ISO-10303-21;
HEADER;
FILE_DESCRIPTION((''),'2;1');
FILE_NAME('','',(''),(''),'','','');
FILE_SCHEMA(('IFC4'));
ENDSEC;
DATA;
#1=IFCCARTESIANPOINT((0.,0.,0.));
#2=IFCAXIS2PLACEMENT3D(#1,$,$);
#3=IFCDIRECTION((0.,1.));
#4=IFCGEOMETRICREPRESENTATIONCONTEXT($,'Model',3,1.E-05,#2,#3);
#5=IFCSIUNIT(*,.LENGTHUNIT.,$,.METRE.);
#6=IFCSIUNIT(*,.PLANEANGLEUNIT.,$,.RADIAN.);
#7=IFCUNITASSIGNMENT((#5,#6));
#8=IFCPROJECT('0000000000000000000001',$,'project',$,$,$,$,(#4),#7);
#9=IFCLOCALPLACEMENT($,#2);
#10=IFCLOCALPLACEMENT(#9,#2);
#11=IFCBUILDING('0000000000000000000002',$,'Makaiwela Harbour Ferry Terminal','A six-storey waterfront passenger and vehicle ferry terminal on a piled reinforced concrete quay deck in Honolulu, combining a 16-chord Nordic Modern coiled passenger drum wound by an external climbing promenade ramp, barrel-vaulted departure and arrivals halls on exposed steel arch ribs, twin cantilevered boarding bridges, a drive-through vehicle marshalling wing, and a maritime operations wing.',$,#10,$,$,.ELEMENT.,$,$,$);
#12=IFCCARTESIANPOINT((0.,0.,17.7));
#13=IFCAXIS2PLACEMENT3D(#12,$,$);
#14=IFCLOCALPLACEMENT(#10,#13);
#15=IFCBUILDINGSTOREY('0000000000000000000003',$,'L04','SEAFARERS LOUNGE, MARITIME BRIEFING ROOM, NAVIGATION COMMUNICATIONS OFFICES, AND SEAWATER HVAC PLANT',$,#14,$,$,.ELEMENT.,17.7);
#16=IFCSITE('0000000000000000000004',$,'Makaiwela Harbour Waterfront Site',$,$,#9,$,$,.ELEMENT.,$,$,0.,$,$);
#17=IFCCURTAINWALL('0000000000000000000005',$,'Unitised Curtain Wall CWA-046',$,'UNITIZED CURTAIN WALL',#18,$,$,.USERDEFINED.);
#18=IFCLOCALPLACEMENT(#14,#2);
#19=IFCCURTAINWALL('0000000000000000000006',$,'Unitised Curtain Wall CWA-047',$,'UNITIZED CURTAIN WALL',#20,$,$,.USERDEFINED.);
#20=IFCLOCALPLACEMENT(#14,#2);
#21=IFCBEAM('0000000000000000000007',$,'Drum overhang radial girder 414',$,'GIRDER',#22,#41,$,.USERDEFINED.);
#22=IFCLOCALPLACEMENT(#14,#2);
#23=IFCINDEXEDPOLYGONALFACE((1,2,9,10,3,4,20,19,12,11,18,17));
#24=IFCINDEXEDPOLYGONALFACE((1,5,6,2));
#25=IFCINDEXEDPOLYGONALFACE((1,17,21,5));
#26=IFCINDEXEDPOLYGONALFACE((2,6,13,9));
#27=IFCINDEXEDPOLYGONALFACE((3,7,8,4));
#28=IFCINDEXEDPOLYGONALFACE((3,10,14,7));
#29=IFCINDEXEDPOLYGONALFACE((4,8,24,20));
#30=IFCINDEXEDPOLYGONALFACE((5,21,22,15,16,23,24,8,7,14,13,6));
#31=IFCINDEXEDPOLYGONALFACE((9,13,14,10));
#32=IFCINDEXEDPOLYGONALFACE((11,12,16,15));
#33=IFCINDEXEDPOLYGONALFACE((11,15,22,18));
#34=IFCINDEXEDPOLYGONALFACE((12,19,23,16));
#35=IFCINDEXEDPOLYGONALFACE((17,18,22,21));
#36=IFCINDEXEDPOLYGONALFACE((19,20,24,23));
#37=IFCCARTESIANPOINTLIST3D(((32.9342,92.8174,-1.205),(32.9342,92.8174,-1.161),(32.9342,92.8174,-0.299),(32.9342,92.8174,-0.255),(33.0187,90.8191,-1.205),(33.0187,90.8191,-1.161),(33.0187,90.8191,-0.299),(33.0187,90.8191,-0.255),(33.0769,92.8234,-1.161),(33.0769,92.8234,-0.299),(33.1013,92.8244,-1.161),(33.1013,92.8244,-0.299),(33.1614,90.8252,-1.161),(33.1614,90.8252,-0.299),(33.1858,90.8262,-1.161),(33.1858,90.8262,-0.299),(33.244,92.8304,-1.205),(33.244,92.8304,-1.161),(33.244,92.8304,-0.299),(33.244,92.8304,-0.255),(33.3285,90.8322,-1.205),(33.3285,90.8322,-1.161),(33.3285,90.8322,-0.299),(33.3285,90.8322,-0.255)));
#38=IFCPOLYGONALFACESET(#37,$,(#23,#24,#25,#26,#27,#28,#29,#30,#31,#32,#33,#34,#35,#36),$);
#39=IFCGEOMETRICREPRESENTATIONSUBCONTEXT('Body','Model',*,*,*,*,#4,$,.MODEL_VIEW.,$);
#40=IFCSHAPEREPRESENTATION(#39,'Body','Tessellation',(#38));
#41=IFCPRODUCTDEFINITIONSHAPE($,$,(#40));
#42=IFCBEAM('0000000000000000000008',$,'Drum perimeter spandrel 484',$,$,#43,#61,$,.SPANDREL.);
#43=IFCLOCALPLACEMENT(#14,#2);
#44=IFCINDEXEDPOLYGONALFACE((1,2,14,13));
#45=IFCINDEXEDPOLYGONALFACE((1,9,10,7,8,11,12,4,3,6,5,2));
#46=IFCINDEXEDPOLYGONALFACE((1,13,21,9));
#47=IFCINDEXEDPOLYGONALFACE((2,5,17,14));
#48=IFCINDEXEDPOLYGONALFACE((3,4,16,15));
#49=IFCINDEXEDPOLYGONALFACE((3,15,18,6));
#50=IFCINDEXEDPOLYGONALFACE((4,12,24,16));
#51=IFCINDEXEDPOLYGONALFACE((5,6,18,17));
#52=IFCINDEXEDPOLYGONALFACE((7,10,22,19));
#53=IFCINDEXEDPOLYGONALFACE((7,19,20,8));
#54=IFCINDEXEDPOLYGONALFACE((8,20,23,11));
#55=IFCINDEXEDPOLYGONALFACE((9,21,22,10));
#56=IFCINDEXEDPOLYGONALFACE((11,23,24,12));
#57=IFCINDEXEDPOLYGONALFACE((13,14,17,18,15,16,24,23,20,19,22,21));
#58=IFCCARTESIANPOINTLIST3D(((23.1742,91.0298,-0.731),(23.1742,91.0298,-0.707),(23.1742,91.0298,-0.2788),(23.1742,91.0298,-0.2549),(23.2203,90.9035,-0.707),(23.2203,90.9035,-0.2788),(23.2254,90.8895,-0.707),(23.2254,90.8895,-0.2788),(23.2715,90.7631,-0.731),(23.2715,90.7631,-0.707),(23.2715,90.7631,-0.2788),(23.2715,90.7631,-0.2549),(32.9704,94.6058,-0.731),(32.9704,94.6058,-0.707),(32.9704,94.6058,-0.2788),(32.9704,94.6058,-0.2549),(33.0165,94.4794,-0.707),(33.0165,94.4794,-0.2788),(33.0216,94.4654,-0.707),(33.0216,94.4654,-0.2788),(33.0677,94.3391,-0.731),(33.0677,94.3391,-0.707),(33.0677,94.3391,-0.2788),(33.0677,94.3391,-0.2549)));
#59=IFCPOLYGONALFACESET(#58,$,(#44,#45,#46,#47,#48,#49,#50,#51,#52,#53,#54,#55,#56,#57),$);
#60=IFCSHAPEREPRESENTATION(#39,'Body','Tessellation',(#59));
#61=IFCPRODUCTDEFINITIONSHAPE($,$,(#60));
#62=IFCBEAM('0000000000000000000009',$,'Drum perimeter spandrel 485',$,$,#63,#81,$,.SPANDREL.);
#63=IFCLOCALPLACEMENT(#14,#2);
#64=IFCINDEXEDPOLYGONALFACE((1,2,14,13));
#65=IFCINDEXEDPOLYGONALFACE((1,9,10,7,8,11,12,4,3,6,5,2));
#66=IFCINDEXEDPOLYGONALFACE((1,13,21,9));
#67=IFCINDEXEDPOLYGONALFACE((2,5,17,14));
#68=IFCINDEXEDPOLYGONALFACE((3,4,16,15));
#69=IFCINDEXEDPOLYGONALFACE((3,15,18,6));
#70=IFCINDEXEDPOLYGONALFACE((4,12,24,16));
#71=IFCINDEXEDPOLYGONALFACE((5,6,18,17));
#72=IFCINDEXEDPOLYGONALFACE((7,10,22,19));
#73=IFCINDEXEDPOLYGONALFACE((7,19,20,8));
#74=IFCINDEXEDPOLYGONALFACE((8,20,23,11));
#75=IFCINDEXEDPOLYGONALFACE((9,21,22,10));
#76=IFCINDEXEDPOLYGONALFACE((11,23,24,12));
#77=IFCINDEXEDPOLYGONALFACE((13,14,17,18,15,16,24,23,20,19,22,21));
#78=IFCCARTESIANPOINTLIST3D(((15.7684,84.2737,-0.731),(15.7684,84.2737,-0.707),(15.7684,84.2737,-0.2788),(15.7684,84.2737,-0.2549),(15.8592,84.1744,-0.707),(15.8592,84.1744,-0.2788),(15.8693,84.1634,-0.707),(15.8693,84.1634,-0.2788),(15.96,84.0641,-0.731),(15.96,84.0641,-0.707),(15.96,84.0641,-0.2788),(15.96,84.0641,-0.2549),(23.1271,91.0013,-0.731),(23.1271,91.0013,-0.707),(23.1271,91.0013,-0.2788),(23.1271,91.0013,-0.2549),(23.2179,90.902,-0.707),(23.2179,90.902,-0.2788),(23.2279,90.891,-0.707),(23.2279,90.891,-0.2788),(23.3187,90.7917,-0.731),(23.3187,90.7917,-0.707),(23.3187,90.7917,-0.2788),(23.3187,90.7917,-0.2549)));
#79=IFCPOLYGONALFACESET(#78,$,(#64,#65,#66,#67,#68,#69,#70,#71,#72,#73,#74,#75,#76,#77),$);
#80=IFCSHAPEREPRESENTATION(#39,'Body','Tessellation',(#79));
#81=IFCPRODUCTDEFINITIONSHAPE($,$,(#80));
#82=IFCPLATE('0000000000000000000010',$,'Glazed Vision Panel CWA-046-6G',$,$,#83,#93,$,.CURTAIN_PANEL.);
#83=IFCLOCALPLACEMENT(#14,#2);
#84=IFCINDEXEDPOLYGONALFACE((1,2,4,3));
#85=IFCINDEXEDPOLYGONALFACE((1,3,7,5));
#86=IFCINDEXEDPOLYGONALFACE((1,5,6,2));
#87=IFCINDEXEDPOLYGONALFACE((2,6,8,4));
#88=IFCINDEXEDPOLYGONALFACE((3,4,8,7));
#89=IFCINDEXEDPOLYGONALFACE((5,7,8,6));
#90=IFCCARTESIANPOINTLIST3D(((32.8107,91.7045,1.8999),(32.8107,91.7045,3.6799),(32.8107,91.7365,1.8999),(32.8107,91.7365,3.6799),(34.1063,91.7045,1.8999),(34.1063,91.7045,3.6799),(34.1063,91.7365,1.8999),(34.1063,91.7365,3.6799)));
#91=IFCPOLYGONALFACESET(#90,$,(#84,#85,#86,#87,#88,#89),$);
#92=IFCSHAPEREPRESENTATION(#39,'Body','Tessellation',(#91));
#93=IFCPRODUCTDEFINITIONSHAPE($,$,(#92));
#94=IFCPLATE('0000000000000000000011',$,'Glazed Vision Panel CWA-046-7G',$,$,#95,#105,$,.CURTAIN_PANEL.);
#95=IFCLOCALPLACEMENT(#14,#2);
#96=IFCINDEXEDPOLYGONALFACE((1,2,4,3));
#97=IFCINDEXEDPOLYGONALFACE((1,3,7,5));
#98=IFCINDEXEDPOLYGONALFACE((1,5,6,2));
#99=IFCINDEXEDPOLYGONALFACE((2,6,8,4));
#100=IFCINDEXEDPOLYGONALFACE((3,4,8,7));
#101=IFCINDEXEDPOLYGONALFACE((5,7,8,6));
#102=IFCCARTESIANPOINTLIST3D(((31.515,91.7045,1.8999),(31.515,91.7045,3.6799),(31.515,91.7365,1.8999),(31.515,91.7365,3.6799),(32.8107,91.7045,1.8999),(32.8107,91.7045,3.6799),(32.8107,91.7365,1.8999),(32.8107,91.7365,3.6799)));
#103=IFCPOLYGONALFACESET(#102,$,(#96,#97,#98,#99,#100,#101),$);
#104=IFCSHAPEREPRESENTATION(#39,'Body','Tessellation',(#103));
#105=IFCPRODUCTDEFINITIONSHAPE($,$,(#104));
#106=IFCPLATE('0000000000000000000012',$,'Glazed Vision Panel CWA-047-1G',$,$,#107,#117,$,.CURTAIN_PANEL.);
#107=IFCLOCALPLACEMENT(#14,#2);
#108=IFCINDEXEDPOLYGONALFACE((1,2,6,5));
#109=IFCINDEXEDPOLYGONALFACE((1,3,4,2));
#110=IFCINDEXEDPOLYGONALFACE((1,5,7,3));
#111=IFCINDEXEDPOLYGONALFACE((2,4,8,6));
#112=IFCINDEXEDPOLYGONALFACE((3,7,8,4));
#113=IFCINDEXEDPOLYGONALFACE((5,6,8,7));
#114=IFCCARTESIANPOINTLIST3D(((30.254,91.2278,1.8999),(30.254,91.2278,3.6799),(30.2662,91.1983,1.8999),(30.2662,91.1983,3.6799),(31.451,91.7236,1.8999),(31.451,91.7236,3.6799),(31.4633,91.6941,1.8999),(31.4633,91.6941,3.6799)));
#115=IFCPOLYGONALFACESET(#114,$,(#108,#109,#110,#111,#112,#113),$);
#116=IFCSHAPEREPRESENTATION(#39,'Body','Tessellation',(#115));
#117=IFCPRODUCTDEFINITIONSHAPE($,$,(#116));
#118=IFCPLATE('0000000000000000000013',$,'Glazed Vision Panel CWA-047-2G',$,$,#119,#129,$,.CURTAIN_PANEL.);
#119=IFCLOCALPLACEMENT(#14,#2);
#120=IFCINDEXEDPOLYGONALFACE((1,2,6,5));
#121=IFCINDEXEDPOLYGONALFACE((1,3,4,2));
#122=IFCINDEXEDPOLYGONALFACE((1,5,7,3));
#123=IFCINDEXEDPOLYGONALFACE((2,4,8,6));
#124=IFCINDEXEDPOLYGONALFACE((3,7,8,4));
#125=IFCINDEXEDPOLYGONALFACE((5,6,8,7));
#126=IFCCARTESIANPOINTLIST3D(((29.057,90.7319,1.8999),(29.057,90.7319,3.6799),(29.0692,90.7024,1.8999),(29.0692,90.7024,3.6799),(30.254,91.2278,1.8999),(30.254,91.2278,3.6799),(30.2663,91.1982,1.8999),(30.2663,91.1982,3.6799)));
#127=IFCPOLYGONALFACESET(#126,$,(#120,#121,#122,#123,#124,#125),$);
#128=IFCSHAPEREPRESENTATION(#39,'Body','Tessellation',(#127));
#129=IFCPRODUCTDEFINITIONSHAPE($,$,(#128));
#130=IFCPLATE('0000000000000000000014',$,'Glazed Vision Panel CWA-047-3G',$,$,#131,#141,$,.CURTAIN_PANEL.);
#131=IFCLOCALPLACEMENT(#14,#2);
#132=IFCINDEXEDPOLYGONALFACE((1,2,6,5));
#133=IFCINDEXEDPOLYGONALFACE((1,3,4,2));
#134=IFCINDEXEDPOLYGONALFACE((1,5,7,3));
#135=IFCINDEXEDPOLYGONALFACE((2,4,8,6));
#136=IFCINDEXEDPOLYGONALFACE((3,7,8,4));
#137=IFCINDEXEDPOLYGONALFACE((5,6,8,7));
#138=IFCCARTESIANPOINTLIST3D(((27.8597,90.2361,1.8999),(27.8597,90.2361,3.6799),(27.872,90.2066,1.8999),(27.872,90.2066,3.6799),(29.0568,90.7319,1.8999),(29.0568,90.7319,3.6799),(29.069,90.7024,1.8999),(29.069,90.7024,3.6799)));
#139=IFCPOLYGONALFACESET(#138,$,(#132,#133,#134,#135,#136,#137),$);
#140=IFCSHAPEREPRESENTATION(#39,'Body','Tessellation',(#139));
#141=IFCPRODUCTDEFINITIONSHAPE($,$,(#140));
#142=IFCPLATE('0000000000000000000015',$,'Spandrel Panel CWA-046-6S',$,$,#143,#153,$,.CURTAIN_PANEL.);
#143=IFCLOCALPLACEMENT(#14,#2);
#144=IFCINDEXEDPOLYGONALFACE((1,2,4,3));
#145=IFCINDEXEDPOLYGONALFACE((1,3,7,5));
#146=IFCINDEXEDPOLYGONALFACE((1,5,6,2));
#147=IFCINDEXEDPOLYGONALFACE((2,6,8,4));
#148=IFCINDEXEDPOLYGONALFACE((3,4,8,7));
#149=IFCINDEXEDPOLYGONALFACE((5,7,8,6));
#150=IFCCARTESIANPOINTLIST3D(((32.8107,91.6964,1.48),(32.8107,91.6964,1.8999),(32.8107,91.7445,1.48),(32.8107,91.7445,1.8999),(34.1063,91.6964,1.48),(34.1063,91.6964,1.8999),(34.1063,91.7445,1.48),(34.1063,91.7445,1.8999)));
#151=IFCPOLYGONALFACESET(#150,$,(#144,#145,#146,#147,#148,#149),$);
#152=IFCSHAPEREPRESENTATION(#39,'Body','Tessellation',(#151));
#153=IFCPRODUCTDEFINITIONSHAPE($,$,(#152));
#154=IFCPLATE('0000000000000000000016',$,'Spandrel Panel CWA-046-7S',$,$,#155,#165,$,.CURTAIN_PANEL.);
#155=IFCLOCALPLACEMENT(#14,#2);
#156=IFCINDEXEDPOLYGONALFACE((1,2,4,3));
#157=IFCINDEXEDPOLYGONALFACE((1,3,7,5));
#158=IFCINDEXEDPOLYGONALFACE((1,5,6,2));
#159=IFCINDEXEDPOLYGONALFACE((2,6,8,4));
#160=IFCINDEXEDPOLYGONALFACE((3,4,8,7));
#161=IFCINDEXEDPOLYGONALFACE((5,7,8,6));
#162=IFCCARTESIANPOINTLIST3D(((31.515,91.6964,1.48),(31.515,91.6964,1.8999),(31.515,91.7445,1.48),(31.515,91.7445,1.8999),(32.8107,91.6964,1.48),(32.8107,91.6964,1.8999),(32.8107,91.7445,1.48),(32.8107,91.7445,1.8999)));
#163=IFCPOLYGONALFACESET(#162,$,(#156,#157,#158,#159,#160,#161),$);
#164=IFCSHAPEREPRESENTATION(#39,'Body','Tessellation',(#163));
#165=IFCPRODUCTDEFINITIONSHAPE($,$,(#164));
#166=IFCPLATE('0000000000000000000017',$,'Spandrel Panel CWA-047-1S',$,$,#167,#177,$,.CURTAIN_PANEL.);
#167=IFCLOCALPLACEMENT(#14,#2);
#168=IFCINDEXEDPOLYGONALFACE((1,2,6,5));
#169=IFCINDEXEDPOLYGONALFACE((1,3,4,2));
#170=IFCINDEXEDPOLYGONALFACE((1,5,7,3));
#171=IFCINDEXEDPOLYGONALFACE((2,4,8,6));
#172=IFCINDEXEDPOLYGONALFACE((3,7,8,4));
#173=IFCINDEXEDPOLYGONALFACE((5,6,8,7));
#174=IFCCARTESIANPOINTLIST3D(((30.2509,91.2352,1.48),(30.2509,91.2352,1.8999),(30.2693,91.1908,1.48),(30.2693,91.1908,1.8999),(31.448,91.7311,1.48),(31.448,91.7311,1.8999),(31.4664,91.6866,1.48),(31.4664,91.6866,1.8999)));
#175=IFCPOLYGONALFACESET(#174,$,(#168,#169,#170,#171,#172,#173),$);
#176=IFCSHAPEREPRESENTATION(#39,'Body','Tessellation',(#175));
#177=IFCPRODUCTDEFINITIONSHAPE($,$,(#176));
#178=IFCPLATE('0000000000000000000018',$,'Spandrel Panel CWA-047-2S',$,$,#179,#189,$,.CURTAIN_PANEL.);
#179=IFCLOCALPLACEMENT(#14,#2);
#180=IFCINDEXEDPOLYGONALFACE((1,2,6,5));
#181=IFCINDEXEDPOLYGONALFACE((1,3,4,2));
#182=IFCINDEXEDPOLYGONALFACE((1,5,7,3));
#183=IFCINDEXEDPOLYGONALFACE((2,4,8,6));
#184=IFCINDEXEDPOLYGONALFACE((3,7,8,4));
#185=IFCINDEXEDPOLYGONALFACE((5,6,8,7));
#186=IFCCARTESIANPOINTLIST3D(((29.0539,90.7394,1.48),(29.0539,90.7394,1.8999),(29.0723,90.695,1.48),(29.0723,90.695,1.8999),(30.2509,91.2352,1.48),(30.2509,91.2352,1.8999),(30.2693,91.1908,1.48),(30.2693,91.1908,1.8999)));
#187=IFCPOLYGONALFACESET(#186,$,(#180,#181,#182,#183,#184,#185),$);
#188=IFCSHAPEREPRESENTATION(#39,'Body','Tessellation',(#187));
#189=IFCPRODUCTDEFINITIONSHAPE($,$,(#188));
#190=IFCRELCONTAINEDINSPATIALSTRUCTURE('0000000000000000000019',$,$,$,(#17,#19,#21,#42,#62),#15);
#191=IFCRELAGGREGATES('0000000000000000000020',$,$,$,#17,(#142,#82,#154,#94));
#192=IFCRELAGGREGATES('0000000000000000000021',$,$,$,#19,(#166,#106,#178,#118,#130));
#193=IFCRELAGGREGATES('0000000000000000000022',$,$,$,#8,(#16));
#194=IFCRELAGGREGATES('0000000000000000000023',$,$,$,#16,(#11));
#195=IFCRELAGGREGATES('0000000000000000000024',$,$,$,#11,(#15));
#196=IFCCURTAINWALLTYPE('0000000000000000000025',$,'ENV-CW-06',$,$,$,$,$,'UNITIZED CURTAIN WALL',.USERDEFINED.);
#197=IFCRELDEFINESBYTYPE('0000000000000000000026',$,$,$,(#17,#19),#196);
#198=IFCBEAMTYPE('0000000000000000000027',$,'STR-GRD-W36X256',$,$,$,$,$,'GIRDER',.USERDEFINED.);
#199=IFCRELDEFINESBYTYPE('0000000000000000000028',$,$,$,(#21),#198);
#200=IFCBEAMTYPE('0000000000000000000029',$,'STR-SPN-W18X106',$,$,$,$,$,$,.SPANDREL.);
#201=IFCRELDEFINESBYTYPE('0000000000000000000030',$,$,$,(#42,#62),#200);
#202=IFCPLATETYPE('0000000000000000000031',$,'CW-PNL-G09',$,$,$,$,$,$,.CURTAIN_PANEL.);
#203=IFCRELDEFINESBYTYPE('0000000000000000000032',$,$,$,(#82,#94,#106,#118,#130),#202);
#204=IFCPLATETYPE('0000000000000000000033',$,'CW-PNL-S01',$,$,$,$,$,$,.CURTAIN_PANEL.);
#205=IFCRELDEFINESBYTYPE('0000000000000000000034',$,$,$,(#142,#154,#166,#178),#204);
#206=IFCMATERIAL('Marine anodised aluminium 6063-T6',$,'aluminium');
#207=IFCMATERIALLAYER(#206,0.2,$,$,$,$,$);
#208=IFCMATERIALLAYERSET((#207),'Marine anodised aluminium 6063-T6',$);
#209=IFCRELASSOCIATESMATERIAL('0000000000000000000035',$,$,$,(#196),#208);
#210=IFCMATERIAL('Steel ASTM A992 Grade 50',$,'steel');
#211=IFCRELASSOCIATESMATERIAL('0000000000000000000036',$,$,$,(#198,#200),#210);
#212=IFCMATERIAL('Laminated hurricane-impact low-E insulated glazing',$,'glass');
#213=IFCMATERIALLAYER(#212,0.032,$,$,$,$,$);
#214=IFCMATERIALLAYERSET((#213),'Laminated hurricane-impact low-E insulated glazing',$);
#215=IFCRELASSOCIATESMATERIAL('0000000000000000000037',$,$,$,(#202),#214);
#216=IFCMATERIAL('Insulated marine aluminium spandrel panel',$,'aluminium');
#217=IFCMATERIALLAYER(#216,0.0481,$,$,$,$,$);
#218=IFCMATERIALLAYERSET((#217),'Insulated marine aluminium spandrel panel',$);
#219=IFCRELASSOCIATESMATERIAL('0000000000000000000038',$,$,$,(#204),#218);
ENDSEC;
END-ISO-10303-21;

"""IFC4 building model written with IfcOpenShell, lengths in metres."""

from ifc_helpers import new_model, si_unit, direction, frame, origin, origin_2d, place, context, subcontext, project, spatial, rectangle, i_section, extrude, material, layer, layer_set, material_profile, profile_set, type_object, element, aggregate, save


model = new_model("IFC4")

# Units and contexts
model_context = context("Model", 3, precision=1e-05, world=origin(), true_north=direction((0.0, 1.0)))
body_context = subcontext(model_context, "Body", "Model", "MODEL_VIEW")
ifc_project = project(units=[si_unit("LENGTHUNIT", "METRE"), si_unit("PLANEANGLEUNIT", "RADIAN")], contexts=[model_context])

# Site, building, storey
site_placement = place(None, origin())
site = spatial("IfcSite", under=ifc_project, at=site_placement, Name="Makaiwela Harbour Waterfront Site", CompositionType="ELEMENT", RefElevation=0.0)
building_placement = place(site_placement, origin())
building = spatial("IfcBuilding", under=site, at=building_placement, Name="Makaiwela Harbour Ferry Terminal", Description="A six-storey waterfront passenger and vehicle ferry terminal on a piled reinforced concrete quay deck in Honolulu, combining a 16-chord Nordic Modern coiled passenger drum wound by an external climbing promenade ramp, barrel-vaulted departure and arrivals halls on exposed steel arch ribs, twin cantilevered boarding bridges, a drive-through vehicle marshalling wing, and a maritime operations wing.", CompositionType="ELEMENT")
storey_placement = place(building_placement, frame((0.0, 0.0, 17.7)))
storey = spatial("IfcBuildingStorey", under=building, at=storey_placement, Name="L04", Description="SEAFARERS LOUNGE, MARITIME BRIEFING ROOM, NAVIGATION COMMUNICATIONS OFFICES, AND SEAWATER HVAC PLANT", CompositionType="ELEMENT", Elevation=17.7)

# Curtain walls
ifc_material_1 = material(Name="Marine anodised aluminium 6063-T6", Category="aluminium")
ifc_layer_1 = layer(ifc_material_1, 0.2)
ifc_layer_set_1 = layer_set([ifc_layer_1], Name="Marine anodised aluminium 6063-T6")
curtain_wall_type = type_object("IfcCurtainWallType", Name="ENV-CW-06", ElementType="UNITIZED CURTAIN WALL", PredefinedType="USERDEFINED", material=ifc_layer_set_1)
curtain_wall_1_placement = place(storey_placement, origin())
curtain_wall_1 = element("IfcCurtainWall", 1, at=curtain_wall_1_placement, inside=storey, type_object=curtain_wall_type, Name="Unitised Curtain Wall CWA-046", ObjectType="UNITIZED CURTAIN WALL", PredefinedType="USERDEFINED")
curtain_wall_2_placement = place(storey_placement, origin())
curtain_wall_2 = element("IfcCurtainWall", 2, at=curtain_wall_2_placement, inside=storey, type_object=curtain_wall_type, Name="Unitised Curtain Wall CWA-047", ObjectType="UNITIZED CURTAIN WALL", PredefinedType="USERDEFINED")

# Beams
ifc_material_2 = material(Name="Steel ASTM A992 Grade 50", Category="steel")
ifc_material_profile_1 = material_profile(ifc_material_2, i_section(OverallWidth=0.3101, OverallDepth=0.95, WebThickness=0.0244, FlangeThickness=0.0439, at=origin_2d()), Name="W36X256")
ifc_profile_set_1 = profile_set([ifc_material_profile_1], Name="Steel ASTM A992 Grade 50")
beam_type_1 = type_object("IfcBeamType", Name="STR-GRD-W36X256", ElementType="GIRDER", PredefinedType="USERDEFINED", material=ifc_profile_set_1)
beam_1_placement = place(storey_placement, frame((33.1736, 90.8257, -0.73), z_axis=(-0.042235, 0.999108, 0.0), x_axis=(-0.999108, -0.042235, 0.0)))
element("IfcBeam", 3, at=beam_1_placement, inside=storey, type_object=beam_type_1, Name="Drum overhang radial girder 414", ObjectType="GIRDER", PredefinedType="USERDEFINED", context=body_context, shape_type="SweptSolid", body=[
    extrude(i_section(OverallWidth=0.3101, OverallDepth=0.95, WebThickness=0.0244, FlangeThickness=0.0439, at=origin_2d()), origin(), (0.0, 0.0, 1.0), 2.0),
])
ifc_material_profile_2 = material_profile(ifc_material_2, i_section(OverallWidth=0.2839, OverallDepth=0.4761, WebThickness=0.0149, FlangeThickness=0.0239, at=origin_2d()), Name="W18X106")
ifc_profile_set_2 = profile_set([ifc_material_profile_2], Name="Steel ASTM A992 Grade 50")
beam_type_2 = type_object("IfcBeamType", Name="STR-SPN-W18X106", PredefinedType="SPANDREL", material=ifc_profile_set_2)
beam_2_placement = place(storey_placement, frame((33.019, 94.4724, -0.4929), z_axis=(-0.939371, -0.342903, 0.0), x_axis=(0.342903, -0.939371, 0.0)))
element("IfcBeam", 4, at=beam_2_placement, inside=storey, type_object=beam_type_2, Name="Drum perimeter spandrel 484", PredefinedType="SPANDREL", context=body_context, shape_type="SweptSolid", body=[
    extrude(i_section(OverallWidth=0.2839, OverallDepth=0.4761, WebThickness=0.0149, FlangeThickness=0.0239, at=origin_2d()), origin(), (0.0, 0.0, 1.0), 10.4285),
])
beam_3_placement = place(storey_placement, frame((23.2229, 90.8965, -0.4929), z_axis=(-0.738047, -0.674749, 0.0), x_axis=(0.674749, -0.738047, 0.0)))
element("IfcBeam", 5, at=beam_3_placement, inside=storey, type_object=beam_type_2, Name="Drum perimeter spandrel 485", PredefinedType="SPANDREL", context=body_context, shape_type="SweptSolid", body=[
    extrude(i_section(OverallWidth=0.2839, OverallDepth=0.4761, WebThickness=0.0149, FlangeThickness=0.0239, at=origin_2d()), origin(), (0.0, 0.0, 1.0), 9.9705),
])

# Plates
ifc_material_3 = material(Name="Laminated hurricane-impact low-E insulated glazing", Category="glass")
ifc_layer_2 = layer(ifc_material_3, 0.032)
ifc_layer_set_2 = layer_set([ifc_layer_2], Name="Laminated hurricane-impact low-E insulated glazing")
plate_type_1 = type_object("IfcPlateType", Name="CW-PNL-G09", PredefinedType="CURTAIN_PANEL", material=ifc_layer_set_2)
plate_1_placement = place(storey_placement, frame((33.4585, 91.7205, 1.8999), z_axis=(0.0, 0.0, 1.0), x_axis=(-1.0, 0.0, 0.0)))
plate_1 = element("IfcPlate", 6, at=plate_1_placement, type_object=plate_type_1, Name="Glazed Vision Panel CWA-046-6G", PredefinedType="CURTAIN_PANEL", context=body_context, shape_type="SweptSolid", body=[
    extrude(rectangle(XDim=1.2957, YDim=0.032, at=origin_2d()), origin(), (0.0, 0.0, 1.0), 1.78),
])
plate_2_placement = place(storey_placement, frame((32.1628, 91.7205, 1.8999), z_axis=(0.0, 0.0, 1.0), x_axis=(-1.0, 0.0, 0.0)))
plate_2 = element("IfcPlate", 7, at=plate_2_placement, type_object=plate_type_1, Name="Glazed Vision Panel CWA-046-7G", PredefinedType="CURTAIN_PANEL", context=body_context, shape_type="SweptSolid", body=[
    extrude(rectangle(XDim=1.2957, YDim=0.032, at=origin_2d()), origin(), (0.0, 0.0, 1.0), 1.78),
])
plate_3_placement = place(storey_placement, frame((30.8586, 91.4609, 1.8999), z_axis=(0.0, 0.0, 1.0), x_axis=(-0.92388, -0.382683, 0.0)))
plate_3 = element("IfcPlate", 8, at=plate_3_placement, type_object=plate_type_1, Name="Glazed Vision Panel CWA-047-1G", PredefinedType="CURTAIN_PANEL", context=body_context, shape_type="SweptSolid", body=[
    extrude(rectangle(XDim=1.2957, YDim=0.032, at=origin_2d()), origin(), (0.0, 0.0, 1.0), 1.78),
])
plate_4_placement = place(storey_placement, frame((29.6616, 90.9651, 1.8999), z_axis=(0.0, 0.0, 1.0), x_axis=(-0.92388, -0.382683, 0.0)))
plate_4 = element("IfcPlate", 9, at=plate_4_placement, type_object=plate_type_1, Name="Glazed Vision Panel CWA-047-2G", PredefinedType="CURTAIN_PANEL", context=body_context, shape_type="SweptSolid", body=[
    extrude(rectangle(XDim=1.2957, YDim=0.032, at=origin_2d()), origin(), (0.0, 0.0, 1.0), 1.78),
])
plate_5_placement = place(storey_placement, frame((28.4644, 90.4692, 1.8999), z_axis=(0.0, 0.0, 1.0), x_axis=(-0.92388, -0.382683, 0.0)))
plate_5 = element("IfcPlate", 10, at=plate_5_placement, type_object=plate_type_1, Name="Glazed Vision Panel CWA-047-3G", PredefinedType="CURTAIN_PANEL", context=body_context, shape_type="SweptSolid", body=[
    extrude(rectangle(XDim=1.2957, YDim=0.032, at=origin_2d()), origin(), (0.0, 0.0, 1.0), 1.78),
])
ifc_material_4 = material(Name="Insulated marine aluminium spandrel panel", Category="aluminium")
ifc_layer_3 = layer(ifc_material_4, 0.0481)
ifc_layer_set_3 = layer_set([ifc_layer_3], Name="Insulated marine aluminium spandrel panel")
plate_type_2 = type_object("IfcPlateType", Name="CW-PNL-S01", PredefinedType="CURTAIN_PANEL", material=ifc_layer_set_3)
plate_6_placement = place(storey_placement, frame((33.4585, 91.7205, 1.48), z_axis=(0.0, 0.0, 1.0), x_axis=(-1.0, 0.0, 0.0)))
plate_6 = element("IfcPlate", 11, at=plate_6_placement, type_object=plate_type_2, Name="Spandrel Panel CWA-046-6S", PredefinedType="CURTAIN_PANEL", context=body_context, shape_type="SweptSolid", body=[
    extrude(rectangle(XDim=1.2957, YDim=0.0481, at=origin_2d()), origin(), (0.0, 0.0, 1.0), 0.4199),
])
plate_7_placement = place(storey_placement, frame((32.1628, 91.7205, 1.48), z_axis=(0.0, 0.0, 1.0), x_axis=(-1.0, 0.0, 0.0)))
plate_7 = element("IfcPlate", 12, at=plate_7_placement, type_object=plate_type_2, Name="Spandrel Panel CWA-046-7S", PredefinedType="CURTAIN_PANEL", context=body_context, shape_type="SweptSolid", body=[
    extrude(rectangle(XDim=1.2957, YDim=0.0481, at=origin_2d()), origin(), (0.0, 0.0, 1.0), 0.4199),
])
aggregate(curtain_wall_1, [plate_6, plate_1, plate_7, plate_2])
plate_8_placement = place(storey_placement, frame((30.8586, 91.4609, 1.48), z_axis=(0.0, 0.0, 1.0), x_axis=(-0.92388, -0.382683, 0.0)))
plate_8 = element("IfcPlate", 13, at=plate_8_placement, type_object=plate_type_2, Name="Spandrel Panel CWA-047-1S", PredefinedType="CURTAIN_PANEL", context=body_context, shape_type="SweptSolid", body=[
    extrude(rectangle(XDim=1.2957, YDim=0.0481, at=origin_2d()), origin(), (0.0, 0.0, 1.0), 0.4199),
])
plate_9_placement = place(storey_placement, frame((29.6616, 90.9651, 1.48), z_axis=(0.0, 0.0, 1.0), x_axis=(-0.92388, -0.382683, 0.0)))
plate_9 = element("IfcPlate", 14, at=plate_9_placement, type_object=plate_type_2, Name="Spandrel Panel CWA-047-2S", PredefinedType="CURTAIN_PANEL", context=body_context, shape_type="SweptSolid", body=[
    extrude(rectangle(XDim=1.2957, YDim=0.0481, at=origin_2d()), origin(), (0.0, 0.0, 1.0), 0.4199),
])
aggregate(curtain_wall_2, [plate_8, plate_3, plate_9, plate_4, plate_5])

save(model, "model.ifc")
